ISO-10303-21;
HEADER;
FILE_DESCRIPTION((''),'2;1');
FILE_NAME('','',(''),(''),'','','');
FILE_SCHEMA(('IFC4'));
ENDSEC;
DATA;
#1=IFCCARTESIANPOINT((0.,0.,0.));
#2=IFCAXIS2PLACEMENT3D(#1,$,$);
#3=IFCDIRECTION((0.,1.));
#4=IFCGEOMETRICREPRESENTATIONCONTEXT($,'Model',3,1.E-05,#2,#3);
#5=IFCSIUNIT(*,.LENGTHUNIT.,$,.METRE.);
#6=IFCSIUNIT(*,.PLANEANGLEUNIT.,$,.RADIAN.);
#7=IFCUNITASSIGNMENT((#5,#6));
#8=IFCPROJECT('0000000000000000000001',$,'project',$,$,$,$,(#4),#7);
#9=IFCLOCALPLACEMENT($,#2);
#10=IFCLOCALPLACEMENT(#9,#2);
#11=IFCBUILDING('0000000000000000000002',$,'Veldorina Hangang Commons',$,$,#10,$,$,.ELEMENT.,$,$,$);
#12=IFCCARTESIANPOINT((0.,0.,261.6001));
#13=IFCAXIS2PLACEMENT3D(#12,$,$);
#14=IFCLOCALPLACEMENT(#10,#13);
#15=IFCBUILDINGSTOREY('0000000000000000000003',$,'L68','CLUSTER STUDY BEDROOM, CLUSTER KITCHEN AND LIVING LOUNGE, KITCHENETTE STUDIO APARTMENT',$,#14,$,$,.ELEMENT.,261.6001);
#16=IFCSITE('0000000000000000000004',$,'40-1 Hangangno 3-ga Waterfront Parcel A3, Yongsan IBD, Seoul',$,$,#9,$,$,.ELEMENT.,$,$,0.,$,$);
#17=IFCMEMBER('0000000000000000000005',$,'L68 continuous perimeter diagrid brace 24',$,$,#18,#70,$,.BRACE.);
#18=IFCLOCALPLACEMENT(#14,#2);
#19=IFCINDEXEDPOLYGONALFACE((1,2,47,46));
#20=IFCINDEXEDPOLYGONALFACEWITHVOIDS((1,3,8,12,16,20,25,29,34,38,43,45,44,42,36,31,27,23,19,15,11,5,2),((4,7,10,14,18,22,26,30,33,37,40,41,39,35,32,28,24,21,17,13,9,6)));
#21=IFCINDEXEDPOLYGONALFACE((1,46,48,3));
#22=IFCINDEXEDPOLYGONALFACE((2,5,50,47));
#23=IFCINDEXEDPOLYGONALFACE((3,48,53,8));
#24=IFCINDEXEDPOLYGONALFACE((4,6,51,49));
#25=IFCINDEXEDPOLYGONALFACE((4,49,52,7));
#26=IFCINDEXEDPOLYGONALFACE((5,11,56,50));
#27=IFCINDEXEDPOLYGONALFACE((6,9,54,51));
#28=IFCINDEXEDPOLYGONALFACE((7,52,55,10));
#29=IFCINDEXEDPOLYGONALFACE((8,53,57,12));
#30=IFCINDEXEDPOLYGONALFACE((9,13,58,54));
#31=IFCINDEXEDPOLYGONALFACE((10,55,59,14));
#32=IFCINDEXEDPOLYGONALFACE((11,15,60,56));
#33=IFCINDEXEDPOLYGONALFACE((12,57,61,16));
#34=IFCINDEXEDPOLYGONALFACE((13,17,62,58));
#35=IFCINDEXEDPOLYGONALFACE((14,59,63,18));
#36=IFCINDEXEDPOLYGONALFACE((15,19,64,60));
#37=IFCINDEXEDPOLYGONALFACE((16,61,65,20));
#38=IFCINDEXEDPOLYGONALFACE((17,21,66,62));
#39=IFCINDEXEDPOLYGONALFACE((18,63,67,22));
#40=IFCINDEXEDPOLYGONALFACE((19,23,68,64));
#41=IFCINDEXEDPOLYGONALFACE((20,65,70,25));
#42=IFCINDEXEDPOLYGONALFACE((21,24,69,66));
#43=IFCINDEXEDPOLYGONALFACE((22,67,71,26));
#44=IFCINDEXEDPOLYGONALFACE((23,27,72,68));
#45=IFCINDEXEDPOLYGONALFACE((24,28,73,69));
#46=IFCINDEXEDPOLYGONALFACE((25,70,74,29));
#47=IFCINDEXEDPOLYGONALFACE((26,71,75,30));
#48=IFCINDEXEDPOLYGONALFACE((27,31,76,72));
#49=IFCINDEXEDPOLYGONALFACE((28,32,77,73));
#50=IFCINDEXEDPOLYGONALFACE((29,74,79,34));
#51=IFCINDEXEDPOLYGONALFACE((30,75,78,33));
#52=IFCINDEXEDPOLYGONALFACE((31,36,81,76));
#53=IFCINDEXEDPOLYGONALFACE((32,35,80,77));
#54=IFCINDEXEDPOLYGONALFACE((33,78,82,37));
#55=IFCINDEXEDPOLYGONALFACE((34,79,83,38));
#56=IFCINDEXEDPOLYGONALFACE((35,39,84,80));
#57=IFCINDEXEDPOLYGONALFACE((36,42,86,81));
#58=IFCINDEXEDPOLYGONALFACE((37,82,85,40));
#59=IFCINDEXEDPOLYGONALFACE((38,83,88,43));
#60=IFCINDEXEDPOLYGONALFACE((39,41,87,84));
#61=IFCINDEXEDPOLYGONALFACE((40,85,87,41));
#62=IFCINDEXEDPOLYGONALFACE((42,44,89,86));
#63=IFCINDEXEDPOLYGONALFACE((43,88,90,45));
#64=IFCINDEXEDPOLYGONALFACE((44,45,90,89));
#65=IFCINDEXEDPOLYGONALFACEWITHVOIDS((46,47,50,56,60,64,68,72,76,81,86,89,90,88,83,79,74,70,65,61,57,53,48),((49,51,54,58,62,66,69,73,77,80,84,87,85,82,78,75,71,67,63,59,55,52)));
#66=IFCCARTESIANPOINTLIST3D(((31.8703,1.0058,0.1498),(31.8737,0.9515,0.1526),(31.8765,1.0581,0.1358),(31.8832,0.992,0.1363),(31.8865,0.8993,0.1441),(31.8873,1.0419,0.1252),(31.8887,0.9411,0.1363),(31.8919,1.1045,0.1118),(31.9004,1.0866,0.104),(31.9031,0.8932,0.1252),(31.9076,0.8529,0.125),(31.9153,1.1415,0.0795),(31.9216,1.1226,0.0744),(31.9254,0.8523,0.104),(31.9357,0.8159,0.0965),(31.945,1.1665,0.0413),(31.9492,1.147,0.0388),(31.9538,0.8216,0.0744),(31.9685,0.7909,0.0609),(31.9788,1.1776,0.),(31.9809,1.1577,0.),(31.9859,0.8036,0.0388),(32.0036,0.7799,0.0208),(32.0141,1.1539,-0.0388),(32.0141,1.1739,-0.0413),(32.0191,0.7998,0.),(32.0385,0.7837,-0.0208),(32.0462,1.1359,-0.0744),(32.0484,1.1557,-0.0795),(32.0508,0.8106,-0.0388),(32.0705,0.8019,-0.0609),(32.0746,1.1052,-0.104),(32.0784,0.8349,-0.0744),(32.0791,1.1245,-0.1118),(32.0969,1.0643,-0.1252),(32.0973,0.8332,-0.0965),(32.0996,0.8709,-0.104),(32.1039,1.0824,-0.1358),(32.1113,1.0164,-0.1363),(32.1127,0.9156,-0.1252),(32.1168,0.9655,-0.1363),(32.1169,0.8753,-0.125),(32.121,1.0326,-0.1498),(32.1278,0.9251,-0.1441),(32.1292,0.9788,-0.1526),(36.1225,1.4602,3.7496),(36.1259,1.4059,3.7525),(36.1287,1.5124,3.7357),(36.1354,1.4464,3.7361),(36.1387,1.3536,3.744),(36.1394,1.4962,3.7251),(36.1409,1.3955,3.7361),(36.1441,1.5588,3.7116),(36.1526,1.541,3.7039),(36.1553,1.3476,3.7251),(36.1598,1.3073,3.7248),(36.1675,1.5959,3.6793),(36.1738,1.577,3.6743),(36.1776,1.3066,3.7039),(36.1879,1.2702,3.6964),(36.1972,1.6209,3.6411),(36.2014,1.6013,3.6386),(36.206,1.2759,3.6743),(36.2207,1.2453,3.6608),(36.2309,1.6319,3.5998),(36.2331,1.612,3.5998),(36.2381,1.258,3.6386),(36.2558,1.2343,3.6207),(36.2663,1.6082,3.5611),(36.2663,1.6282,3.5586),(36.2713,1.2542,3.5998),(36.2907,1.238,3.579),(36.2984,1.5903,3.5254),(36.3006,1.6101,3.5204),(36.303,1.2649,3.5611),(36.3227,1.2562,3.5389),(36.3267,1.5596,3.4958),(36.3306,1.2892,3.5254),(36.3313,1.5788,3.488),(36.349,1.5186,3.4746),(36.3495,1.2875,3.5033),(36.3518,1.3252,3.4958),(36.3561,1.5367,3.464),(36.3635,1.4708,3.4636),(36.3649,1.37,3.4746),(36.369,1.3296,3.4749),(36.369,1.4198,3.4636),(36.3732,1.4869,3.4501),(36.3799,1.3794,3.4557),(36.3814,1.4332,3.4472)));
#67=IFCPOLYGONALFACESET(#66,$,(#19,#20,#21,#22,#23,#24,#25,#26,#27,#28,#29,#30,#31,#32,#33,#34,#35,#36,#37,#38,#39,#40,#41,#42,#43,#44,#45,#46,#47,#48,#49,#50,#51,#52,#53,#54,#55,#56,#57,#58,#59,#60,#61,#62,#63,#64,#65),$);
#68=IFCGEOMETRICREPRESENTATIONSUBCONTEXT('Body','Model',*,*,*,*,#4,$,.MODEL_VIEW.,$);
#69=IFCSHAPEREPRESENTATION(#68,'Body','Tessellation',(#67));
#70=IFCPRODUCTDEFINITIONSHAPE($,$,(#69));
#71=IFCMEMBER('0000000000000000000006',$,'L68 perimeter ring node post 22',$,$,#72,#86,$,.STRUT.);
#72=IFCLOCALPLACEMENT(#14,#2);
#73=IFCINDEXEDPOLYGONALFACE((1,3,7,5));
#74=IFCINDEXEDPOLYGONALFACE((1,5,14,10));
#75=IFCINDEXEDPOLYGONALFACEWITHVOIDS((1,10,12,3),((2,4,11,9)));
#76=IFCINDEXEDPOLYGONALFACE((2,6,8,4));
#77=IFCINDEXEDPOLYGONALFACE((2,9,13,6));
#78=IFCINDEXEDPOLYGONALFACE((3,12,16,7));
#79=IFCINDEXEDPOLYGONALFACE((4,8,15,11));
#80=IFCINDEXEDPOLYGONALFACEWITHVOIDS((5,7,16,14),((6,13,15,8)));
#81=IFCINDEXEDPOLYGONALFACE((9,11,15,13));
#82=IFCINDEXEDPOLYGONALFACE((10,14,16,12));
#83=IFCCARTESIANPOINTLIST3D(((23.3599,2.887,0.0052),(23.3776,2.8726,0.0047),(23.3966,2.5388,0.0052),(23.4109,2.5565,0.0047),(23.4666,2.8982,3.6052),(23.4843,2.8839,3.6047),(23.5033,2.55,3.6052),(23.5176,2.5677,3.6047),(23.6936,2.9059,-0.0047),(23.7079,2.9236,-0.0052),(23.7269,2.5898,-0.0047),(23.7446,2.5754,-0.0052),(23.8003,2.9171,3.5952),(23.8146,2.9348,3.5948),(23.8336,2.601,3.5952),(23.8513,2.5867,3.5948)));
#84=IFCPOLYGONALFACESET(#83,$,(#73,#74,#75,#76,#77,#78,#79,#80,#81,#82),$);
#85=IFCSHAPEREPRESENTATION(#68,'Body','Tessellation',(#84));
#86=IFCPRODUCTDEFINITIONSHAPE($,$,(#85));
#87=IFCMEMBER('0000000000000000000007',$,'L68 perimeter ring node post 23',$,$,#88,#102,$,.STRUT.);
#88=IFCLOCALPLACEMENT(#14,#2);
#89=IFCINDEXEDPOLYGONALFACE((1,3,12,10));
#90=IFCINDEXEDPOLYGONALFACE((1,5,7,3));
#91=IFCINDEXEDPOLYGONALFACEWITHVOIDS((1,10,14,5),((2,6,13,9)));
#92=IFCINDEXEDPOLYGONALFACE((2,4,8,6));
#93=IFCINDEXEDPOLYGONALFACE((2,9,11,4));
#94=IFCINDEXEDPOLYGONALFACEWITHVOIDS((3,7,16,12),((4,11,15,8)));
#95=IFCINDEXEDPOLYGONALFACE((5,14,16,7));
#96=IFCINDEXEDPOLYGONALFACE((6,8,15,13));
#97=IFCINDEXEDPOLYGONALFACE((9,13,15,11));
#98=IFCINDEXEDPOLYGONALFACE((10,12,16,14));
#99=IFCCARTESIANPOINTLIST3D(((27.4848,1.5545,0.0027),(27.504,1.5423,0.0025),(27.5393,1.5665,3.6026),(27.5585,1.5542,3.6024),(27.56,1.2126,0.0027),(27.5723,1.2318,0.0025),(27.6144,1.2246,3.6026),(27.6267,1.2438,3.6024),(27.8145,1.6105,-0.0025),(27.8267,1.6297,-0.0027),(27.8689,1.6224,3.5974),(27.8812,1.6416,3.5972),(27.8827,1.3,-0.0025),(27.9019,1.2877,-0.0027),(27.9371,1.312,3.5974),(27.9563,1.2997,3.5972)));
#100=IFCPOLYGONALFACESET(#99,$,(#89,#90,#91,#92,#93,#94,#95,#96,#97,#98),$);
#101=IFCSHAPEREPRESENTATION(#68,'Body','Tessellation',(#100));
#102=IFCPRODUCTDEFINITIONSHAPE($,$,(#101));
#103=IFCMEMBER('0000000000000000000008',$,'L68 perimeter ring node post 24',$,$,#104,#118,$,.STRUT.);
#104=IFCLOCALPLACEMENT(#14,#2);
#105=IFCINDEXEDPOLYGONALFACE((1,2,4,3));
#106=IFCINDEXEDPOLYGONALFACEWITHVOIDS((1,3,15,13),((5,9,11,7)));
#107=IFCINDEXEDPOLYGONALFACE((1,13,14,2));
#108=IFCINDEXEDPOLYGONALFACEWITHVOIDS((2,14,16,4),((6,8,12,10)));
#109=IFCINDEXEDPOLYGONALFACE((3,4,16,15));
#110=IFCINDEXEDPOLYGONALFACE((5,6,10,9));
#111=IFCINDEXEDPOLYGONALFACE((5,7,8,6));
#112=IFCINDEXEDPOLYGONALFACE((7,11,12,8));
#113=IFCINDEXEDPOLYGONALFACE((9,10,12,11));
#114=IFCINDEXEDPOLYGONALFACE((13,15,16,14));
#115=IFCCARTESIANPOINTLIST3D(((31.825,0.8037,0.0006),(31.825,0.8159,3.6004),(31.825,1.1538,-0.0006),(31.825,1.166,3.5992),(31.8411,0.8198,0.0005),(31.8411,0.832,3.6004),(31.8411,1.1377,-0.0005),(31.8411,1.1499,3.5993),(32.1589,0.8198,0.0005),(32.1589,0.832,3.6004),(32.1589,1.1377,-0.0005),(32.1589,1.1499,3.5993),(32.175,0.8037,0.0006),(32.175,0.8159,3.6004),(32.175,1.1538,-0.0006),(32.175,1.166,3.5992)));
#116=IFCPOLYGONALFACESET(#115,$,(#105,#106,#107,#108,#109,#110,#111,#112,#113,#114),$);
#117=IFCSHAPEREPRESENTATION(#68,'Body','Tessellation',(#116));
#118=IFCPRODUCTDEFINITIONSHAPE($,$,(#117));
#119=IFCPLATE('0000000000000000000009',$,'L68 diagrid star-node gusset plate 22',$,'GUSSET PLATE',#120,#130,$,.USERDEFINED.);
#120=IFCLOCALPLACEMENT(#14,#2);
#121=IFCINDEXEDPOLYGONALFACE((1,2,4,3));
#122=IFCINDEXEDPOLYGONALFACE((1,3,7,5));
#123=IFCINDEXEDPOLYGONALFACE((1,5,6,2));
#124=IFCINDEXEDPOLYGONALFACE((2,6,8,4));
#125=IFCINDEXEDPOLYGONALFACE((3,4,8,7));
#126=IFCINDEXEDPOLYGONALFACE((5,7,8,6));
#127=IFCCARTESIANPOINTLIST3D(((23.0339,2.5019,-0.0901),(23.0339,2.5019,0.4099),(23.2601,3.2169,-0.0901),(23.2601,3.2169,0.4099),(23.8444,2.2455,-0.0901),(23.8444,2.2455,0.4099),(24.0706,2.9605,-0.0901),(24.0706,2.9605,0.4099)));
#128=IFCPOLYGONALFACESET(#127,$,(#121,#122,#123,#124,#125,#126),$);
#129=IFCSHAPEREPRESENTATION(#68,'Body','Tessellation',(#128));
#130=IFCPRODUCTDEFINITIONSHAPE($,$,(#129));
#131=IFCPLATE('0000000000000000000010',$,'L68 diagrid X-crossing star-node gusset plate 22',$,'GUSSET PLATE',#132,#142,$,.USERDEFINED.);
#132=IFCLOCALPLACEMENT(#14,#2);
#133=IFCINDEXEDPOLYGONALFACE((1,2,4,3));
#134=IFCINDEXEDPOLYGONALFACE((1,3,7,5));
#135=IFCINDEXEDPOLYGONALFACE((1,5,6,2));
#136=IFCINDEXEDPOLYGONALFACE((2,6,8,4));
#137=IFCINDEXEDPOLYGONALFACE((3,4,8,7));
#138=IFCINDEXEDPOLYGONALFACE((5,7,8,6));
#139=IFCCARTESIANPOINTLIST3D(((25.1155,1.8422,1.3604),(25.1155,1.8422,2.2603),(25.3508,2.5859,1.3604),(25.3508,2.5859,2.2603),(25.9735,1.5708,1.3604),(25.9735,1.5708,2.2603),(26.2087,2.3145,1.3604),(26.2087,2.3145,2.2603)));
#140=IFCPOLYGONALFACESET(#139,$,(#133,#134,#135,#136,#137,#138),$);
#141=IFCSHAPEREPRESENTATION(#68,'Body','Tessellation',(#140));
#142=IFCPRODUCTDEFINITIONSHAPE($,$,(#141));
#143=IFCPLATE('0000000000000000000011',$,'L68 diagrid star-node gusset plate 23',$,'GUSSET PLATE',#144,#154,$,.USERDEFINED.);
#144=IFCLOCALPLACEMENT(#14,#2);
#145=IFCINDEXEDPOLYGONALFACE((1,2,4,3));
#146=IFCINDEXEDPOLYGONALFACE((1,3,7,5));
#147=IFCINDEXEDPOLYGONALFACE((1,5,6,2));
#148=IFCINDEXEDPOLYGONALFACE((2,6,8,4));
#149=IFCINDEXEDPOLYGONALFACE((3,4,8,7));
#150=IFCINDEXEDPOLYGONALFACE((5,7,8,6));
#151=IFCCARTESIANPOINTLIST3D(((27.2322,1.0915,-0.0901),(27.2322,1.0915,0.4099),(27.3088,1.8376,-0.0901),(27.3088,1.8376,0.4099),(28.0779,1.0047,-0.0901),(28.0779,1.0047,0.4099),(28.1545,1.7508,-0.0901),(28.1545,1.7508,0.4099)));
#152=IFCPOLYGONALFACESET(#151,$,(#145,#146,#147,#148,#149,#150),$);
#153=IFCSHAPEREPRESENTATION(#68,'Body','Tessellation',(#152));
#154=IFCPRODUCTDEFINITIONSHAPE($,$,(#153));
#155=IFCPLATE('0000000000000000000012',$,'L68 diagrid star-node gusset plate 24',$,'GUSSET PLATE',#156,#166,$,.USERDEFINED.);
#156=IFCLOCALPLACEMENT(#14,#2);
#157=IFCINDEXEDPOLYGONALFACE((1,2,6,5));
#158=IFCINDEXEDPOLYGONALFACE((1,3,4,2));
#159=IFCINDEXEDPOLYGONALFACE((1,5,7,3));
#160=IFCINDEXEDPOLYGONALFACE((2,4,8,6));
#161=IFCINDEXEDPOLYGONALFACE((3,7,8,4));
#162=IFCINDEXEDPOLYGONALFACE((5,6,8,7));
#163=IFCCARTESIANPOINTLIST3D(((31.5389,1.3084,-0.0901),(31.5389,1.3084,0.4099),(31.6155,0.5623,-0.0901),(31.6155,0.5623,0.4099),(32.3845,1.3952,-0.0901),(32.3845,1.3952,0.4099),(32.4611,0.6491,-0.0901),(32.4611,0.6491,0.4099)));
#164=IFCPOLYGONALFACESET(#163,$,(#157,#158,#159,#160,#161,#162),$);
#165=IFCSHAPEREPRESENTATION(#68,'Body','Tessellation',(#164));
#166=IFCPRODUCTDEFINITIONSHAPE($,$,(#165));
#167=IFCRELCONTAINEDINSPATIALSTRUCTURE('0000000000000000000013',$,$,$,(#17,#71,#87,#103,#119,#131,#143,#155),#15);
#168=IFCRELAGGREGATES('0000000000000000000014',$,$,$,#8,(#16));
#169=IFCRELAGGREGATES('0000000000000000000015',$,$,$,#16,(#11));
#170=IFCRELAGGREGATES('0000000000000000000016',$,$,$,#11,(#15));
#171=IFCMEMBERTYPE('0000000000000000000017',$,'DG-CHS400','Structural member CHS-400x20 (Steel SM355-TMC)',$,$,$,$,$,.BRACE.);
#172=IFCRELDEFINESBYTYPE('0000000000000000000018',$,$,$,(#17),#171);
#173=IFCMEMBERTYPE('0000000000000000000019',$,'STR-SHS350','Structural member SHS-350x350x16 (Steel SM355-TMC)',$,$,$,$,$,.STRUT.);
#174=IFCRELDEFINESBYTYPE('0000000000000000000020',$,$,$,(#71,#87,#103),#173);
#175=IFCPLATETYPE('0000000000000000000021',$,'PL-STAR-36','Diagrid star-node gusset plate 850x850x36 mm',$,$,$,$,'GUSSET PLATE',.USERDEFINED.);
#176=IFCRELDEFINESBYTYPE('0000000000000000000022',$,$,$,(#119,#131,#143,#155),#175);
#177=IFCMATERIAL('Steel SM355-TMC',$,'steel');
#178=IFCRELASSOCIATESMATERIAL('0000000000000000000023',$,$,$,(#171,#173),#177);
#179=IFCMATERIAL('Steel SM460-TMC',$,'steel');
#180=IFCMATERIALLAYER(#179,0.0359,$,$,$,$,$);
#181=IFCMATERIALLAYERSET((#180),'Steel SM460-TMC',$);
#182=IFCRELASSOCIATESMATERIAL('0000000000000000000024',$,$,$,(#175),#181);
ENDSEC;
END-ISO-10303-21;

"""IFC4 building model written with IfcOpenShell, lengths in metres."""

from ifc_helpers import new_model, si_unit, direction, frame, origin, origin_2d, place, context, subcontext, project, spatial, rectangle, hollow_rectangle, hollow_circle, extrude, material, layer, layer_set, material_profile, profile_set, type_object, element, save


model = new_model("IFC4")

# Units and contexts
model_context = context("Model", 3, precision=1e-05, world=origin(), true_north=direction((0.0, 1.0)))
body_context = subcontext(model_context, "Body", "Model", "MODEL_VIEW")
ifc_project = project(units=[si_unit("LENGTHUNIT", "METRE"), si_unit("PLANEANGLEUNIT", "RADIAN")], contexts=[model_context])

# Site, building, storey
site_placement = place(None, origin())
site = spatial("IfcSite", under=ifc_project, at=site_placement, Name="40-1 Hangangno 3-ga Waterfront Parcel A3, Yongsan IBD, Seoul", CompositionType="ELEMENT", RefElevation=0.0)
building_placement = place(site_placement, origin())
building = spatial("IfcBuilding", under=site, at=building_placement, Name="Veldorina Hangang Commons", CompositionType="ELEMENT")
storey_placement = place(building_placement, frame((0.0, 0.0, 261.6001)))
storey = spatial("IfcBuildingStorey", under=building, at=storey_placement, Name="L68", Description="CLUSTER STUDY BEDROOM, CLUSTER KITCHEN AND LIVING LOUNGE, KITCHENETTE STUDIO APARTMENT", CompositionType="ELEMENT", Elevation=261.6001)

# Shared definitions
ifc_material_1 = material(Name="Steel SM355-TMC", Category="steel")

# Members
ifc_material_profile_1 = material_profile(ifc_material_1, hollow_circle(Radius=0.2, WallThickness=0.02, at=origin_2d()), Name="CHS-400x20")
ifc_profile_set_1 = profile_set([ifc_material_profile_1], Name="Steel SM355-TMC")
member_type_1 = type_object("IfcMemberType", Name="DG-CHS400", Description="Structural member CHS-400x20 (Steel SM355-TMC)", PredefinedType="BRACE", material=ifc_profile_set_1)
member_1_placement = place(storey_placement, frame((32.0, 0.9788, 0.0), z_axis=(0.760698, 0.08128, 0.643997), x_axis=(-0.106245, 0.99434, 0.0)))
element("IfcMember", 1, at=member_1_placement, inside=storey, type_object=member_type_1, Name="L68 continuous perimeter diagrid brace 24", PredefinedType="BRACE", context=body_context, shape_type="SweptSolid", body=[
    extrude(hollow_circle(Radius=0.2, WallThickness=0.02, at=origin_2d()), origin(), (0.0, 0.0, 1.0), 5.5898),
])
ifc_material_profile_2 = material_profile(ifc_material_1, hollow_rectangle(XDim=0.3501, YDim=0.3501, WallThickness=0.0161, at=origin_2d()), Name="SHS-350x350x16")
ifc_profile_set_2 = profile_set([ifc_material_profile_2], Name="Steel SM355-TMC")
member_type_2 = type_object("IfcMemberType", Name="STR-SHS350", Description="Structural member SHS-350x350x16 (Steel SM355-TMC)", PredefinedType="STRUT", material=ifc_profile_set_2)
member_2_placement = place(storey_placement, frame((23.5522, 2.7312, 0.0), z_axis=(0.029624, 0.003118, 0.999556), x_axis=(-0.104685, 0.994505, 0.0)))
element("IfcMember", 2, at=member_2_placement, inside=storey, type_object=member_type_2, Name="L68 perimeter ring node post 22", PredefinedType="STRUT", context=body_context, shape_type="SweptSolid", body=[
    extrude(hollow_rectangle(XDim=0.3501, YDim=0.3501, WallThickness=0.0161, at=origin_2d()), origin(), (0.0, 0.0, 1.0), 3.6016),
])
member_3_placement = place(storey_placement, frame((27.6934, 1.4211, 0.0), z_axis=(0.015122, 0.003323, 0.99988), x_axis=(-0.214611, 0.9767, 0.0)))
element("IfcMember", 3, at=member_3_placement, inside=storey, type_object=member_type_2, Name="L68 perimeter ring node post 23", PredefinedType="STRUT", context=body_context, shape_type="SweptSolid", body=[
    extrude(hollow_rectangle(XDim=0.3501, YDim=0.3501, WallThickness=0.0161, at=origin_2d()), origin(), (0.0, 0.0, 1.0), 3.6003),
])
member_4_placement = place(storey_placement, frame((32.0, 0.9788, 0.0), z_axis=(0.0, 0.003391, 0.999994), x_axis=(-1.0, 0.0, 0.0)))
element("IfcMember", 4, at=member_4_placement, inside=storey, type_object=member_type_2, Name="L68 perimeter ring node post 24", PredefinedType="STRUT", context=body_context, shape_type="SweptSolid", body=[
    extrude(hollow_rectangle(XDim=0.3501, YDim=0.3501, WallThickness=0.0161, at=origin_2d()), origin(), (0.0, 0.0, 1.0), 3.5999),
])

# Plates
ifc_material_2 = material(Name="Steel SM460-TMC", Category="steel")
ifc_layer_1 = layer(ifc_material_2, 0.0359)
ifc_layer_set_1 = layer_set([ifc_layer_1], Name="Steel SM460-TMC")
plate_type = type_object("IfcPlateType", Name="PL-STAR-36", Description="Diagrid star-node gusset plate 850x850x36 mm", ElementType="GUSSET PLATE", PredefinedType="USERDEFINED", material=ifc_layer_set_1)
plate_1_placement = place(storey_placement, frame((23.5522, 2.7312, -0.0901), z_axis=(0.0, 0.0, 1.0), x_axis=(0.953428, -0.301621, 0.0)))
element("IfcPlate", 5, at=plate_1_placement, inside=storey, type_object=plate_type, Name="L68 diagrid star-node gusset plate 22", ObjectType="GUSSET PLATE", PredefinedType="USERDEFINED", context=body_context, shape_type="SweptSolid", body=[
    extrude(rectangle(XDim=0.8501, YDim=0.75, at=origin_2d()), origin(), (0.0, 0.0, 1.0), 0.5),
])
plate_2_placement = place(storey_placement, frame((25.6621, 2.0784, 1.3604), z_axis=(0.0, 0.0, 1.0), x_axis=(0.953428, -0.301621, 0.0)))
element("IfcPlate", 6, at=plate_2_placement, inside=storey, type_object=plate_type, Name="L68 diagrid X-crossing star-node gusset plate 22", ObjectType="GUSSET PLATE", PredefinedType="USERDEFINED", context=body_context, shape_type="SweptSolid", body=[
    extrude(rectangle(XDim=0.8999, YDim=0.78, at=origin_2d()), origin(), (0.0, 0.0, 1.0), 0.8999),
])
for number, where, z_axis, x_axis, name in (
    (7, (27.6934, 1.4211, -0.0901), (0.0, 0.0, 1.0), (0.994767, -0.102168, 0.0), "L68 diagrid star-node gusset plate 23"),
    (8, (32.0, 0.9788, -0.0901), (0.0, 0.0, 1.0), (0.994767, 0.102168, 0.0), "L68 diagrid star-node gusset plate 24"),
):
    element("IfcPlate", number, at=place(storey_placement, frame(where, z_axis=z_axis, x_axis=x_axis)), inside=storey, type_object=plate_type, Name=name, ObjectType="GUSSET PLATE", PredefinedType="USERDEFINED", context=body_context, shape_type="SweptSolid", body=[
        extrude(rectangle(XDim=0.8501, YDim=0.75, at=origin_2d()), origin(), (0.0, 0.0, 1.0), 0.5),
    ])

save(model, "model.ifc")
